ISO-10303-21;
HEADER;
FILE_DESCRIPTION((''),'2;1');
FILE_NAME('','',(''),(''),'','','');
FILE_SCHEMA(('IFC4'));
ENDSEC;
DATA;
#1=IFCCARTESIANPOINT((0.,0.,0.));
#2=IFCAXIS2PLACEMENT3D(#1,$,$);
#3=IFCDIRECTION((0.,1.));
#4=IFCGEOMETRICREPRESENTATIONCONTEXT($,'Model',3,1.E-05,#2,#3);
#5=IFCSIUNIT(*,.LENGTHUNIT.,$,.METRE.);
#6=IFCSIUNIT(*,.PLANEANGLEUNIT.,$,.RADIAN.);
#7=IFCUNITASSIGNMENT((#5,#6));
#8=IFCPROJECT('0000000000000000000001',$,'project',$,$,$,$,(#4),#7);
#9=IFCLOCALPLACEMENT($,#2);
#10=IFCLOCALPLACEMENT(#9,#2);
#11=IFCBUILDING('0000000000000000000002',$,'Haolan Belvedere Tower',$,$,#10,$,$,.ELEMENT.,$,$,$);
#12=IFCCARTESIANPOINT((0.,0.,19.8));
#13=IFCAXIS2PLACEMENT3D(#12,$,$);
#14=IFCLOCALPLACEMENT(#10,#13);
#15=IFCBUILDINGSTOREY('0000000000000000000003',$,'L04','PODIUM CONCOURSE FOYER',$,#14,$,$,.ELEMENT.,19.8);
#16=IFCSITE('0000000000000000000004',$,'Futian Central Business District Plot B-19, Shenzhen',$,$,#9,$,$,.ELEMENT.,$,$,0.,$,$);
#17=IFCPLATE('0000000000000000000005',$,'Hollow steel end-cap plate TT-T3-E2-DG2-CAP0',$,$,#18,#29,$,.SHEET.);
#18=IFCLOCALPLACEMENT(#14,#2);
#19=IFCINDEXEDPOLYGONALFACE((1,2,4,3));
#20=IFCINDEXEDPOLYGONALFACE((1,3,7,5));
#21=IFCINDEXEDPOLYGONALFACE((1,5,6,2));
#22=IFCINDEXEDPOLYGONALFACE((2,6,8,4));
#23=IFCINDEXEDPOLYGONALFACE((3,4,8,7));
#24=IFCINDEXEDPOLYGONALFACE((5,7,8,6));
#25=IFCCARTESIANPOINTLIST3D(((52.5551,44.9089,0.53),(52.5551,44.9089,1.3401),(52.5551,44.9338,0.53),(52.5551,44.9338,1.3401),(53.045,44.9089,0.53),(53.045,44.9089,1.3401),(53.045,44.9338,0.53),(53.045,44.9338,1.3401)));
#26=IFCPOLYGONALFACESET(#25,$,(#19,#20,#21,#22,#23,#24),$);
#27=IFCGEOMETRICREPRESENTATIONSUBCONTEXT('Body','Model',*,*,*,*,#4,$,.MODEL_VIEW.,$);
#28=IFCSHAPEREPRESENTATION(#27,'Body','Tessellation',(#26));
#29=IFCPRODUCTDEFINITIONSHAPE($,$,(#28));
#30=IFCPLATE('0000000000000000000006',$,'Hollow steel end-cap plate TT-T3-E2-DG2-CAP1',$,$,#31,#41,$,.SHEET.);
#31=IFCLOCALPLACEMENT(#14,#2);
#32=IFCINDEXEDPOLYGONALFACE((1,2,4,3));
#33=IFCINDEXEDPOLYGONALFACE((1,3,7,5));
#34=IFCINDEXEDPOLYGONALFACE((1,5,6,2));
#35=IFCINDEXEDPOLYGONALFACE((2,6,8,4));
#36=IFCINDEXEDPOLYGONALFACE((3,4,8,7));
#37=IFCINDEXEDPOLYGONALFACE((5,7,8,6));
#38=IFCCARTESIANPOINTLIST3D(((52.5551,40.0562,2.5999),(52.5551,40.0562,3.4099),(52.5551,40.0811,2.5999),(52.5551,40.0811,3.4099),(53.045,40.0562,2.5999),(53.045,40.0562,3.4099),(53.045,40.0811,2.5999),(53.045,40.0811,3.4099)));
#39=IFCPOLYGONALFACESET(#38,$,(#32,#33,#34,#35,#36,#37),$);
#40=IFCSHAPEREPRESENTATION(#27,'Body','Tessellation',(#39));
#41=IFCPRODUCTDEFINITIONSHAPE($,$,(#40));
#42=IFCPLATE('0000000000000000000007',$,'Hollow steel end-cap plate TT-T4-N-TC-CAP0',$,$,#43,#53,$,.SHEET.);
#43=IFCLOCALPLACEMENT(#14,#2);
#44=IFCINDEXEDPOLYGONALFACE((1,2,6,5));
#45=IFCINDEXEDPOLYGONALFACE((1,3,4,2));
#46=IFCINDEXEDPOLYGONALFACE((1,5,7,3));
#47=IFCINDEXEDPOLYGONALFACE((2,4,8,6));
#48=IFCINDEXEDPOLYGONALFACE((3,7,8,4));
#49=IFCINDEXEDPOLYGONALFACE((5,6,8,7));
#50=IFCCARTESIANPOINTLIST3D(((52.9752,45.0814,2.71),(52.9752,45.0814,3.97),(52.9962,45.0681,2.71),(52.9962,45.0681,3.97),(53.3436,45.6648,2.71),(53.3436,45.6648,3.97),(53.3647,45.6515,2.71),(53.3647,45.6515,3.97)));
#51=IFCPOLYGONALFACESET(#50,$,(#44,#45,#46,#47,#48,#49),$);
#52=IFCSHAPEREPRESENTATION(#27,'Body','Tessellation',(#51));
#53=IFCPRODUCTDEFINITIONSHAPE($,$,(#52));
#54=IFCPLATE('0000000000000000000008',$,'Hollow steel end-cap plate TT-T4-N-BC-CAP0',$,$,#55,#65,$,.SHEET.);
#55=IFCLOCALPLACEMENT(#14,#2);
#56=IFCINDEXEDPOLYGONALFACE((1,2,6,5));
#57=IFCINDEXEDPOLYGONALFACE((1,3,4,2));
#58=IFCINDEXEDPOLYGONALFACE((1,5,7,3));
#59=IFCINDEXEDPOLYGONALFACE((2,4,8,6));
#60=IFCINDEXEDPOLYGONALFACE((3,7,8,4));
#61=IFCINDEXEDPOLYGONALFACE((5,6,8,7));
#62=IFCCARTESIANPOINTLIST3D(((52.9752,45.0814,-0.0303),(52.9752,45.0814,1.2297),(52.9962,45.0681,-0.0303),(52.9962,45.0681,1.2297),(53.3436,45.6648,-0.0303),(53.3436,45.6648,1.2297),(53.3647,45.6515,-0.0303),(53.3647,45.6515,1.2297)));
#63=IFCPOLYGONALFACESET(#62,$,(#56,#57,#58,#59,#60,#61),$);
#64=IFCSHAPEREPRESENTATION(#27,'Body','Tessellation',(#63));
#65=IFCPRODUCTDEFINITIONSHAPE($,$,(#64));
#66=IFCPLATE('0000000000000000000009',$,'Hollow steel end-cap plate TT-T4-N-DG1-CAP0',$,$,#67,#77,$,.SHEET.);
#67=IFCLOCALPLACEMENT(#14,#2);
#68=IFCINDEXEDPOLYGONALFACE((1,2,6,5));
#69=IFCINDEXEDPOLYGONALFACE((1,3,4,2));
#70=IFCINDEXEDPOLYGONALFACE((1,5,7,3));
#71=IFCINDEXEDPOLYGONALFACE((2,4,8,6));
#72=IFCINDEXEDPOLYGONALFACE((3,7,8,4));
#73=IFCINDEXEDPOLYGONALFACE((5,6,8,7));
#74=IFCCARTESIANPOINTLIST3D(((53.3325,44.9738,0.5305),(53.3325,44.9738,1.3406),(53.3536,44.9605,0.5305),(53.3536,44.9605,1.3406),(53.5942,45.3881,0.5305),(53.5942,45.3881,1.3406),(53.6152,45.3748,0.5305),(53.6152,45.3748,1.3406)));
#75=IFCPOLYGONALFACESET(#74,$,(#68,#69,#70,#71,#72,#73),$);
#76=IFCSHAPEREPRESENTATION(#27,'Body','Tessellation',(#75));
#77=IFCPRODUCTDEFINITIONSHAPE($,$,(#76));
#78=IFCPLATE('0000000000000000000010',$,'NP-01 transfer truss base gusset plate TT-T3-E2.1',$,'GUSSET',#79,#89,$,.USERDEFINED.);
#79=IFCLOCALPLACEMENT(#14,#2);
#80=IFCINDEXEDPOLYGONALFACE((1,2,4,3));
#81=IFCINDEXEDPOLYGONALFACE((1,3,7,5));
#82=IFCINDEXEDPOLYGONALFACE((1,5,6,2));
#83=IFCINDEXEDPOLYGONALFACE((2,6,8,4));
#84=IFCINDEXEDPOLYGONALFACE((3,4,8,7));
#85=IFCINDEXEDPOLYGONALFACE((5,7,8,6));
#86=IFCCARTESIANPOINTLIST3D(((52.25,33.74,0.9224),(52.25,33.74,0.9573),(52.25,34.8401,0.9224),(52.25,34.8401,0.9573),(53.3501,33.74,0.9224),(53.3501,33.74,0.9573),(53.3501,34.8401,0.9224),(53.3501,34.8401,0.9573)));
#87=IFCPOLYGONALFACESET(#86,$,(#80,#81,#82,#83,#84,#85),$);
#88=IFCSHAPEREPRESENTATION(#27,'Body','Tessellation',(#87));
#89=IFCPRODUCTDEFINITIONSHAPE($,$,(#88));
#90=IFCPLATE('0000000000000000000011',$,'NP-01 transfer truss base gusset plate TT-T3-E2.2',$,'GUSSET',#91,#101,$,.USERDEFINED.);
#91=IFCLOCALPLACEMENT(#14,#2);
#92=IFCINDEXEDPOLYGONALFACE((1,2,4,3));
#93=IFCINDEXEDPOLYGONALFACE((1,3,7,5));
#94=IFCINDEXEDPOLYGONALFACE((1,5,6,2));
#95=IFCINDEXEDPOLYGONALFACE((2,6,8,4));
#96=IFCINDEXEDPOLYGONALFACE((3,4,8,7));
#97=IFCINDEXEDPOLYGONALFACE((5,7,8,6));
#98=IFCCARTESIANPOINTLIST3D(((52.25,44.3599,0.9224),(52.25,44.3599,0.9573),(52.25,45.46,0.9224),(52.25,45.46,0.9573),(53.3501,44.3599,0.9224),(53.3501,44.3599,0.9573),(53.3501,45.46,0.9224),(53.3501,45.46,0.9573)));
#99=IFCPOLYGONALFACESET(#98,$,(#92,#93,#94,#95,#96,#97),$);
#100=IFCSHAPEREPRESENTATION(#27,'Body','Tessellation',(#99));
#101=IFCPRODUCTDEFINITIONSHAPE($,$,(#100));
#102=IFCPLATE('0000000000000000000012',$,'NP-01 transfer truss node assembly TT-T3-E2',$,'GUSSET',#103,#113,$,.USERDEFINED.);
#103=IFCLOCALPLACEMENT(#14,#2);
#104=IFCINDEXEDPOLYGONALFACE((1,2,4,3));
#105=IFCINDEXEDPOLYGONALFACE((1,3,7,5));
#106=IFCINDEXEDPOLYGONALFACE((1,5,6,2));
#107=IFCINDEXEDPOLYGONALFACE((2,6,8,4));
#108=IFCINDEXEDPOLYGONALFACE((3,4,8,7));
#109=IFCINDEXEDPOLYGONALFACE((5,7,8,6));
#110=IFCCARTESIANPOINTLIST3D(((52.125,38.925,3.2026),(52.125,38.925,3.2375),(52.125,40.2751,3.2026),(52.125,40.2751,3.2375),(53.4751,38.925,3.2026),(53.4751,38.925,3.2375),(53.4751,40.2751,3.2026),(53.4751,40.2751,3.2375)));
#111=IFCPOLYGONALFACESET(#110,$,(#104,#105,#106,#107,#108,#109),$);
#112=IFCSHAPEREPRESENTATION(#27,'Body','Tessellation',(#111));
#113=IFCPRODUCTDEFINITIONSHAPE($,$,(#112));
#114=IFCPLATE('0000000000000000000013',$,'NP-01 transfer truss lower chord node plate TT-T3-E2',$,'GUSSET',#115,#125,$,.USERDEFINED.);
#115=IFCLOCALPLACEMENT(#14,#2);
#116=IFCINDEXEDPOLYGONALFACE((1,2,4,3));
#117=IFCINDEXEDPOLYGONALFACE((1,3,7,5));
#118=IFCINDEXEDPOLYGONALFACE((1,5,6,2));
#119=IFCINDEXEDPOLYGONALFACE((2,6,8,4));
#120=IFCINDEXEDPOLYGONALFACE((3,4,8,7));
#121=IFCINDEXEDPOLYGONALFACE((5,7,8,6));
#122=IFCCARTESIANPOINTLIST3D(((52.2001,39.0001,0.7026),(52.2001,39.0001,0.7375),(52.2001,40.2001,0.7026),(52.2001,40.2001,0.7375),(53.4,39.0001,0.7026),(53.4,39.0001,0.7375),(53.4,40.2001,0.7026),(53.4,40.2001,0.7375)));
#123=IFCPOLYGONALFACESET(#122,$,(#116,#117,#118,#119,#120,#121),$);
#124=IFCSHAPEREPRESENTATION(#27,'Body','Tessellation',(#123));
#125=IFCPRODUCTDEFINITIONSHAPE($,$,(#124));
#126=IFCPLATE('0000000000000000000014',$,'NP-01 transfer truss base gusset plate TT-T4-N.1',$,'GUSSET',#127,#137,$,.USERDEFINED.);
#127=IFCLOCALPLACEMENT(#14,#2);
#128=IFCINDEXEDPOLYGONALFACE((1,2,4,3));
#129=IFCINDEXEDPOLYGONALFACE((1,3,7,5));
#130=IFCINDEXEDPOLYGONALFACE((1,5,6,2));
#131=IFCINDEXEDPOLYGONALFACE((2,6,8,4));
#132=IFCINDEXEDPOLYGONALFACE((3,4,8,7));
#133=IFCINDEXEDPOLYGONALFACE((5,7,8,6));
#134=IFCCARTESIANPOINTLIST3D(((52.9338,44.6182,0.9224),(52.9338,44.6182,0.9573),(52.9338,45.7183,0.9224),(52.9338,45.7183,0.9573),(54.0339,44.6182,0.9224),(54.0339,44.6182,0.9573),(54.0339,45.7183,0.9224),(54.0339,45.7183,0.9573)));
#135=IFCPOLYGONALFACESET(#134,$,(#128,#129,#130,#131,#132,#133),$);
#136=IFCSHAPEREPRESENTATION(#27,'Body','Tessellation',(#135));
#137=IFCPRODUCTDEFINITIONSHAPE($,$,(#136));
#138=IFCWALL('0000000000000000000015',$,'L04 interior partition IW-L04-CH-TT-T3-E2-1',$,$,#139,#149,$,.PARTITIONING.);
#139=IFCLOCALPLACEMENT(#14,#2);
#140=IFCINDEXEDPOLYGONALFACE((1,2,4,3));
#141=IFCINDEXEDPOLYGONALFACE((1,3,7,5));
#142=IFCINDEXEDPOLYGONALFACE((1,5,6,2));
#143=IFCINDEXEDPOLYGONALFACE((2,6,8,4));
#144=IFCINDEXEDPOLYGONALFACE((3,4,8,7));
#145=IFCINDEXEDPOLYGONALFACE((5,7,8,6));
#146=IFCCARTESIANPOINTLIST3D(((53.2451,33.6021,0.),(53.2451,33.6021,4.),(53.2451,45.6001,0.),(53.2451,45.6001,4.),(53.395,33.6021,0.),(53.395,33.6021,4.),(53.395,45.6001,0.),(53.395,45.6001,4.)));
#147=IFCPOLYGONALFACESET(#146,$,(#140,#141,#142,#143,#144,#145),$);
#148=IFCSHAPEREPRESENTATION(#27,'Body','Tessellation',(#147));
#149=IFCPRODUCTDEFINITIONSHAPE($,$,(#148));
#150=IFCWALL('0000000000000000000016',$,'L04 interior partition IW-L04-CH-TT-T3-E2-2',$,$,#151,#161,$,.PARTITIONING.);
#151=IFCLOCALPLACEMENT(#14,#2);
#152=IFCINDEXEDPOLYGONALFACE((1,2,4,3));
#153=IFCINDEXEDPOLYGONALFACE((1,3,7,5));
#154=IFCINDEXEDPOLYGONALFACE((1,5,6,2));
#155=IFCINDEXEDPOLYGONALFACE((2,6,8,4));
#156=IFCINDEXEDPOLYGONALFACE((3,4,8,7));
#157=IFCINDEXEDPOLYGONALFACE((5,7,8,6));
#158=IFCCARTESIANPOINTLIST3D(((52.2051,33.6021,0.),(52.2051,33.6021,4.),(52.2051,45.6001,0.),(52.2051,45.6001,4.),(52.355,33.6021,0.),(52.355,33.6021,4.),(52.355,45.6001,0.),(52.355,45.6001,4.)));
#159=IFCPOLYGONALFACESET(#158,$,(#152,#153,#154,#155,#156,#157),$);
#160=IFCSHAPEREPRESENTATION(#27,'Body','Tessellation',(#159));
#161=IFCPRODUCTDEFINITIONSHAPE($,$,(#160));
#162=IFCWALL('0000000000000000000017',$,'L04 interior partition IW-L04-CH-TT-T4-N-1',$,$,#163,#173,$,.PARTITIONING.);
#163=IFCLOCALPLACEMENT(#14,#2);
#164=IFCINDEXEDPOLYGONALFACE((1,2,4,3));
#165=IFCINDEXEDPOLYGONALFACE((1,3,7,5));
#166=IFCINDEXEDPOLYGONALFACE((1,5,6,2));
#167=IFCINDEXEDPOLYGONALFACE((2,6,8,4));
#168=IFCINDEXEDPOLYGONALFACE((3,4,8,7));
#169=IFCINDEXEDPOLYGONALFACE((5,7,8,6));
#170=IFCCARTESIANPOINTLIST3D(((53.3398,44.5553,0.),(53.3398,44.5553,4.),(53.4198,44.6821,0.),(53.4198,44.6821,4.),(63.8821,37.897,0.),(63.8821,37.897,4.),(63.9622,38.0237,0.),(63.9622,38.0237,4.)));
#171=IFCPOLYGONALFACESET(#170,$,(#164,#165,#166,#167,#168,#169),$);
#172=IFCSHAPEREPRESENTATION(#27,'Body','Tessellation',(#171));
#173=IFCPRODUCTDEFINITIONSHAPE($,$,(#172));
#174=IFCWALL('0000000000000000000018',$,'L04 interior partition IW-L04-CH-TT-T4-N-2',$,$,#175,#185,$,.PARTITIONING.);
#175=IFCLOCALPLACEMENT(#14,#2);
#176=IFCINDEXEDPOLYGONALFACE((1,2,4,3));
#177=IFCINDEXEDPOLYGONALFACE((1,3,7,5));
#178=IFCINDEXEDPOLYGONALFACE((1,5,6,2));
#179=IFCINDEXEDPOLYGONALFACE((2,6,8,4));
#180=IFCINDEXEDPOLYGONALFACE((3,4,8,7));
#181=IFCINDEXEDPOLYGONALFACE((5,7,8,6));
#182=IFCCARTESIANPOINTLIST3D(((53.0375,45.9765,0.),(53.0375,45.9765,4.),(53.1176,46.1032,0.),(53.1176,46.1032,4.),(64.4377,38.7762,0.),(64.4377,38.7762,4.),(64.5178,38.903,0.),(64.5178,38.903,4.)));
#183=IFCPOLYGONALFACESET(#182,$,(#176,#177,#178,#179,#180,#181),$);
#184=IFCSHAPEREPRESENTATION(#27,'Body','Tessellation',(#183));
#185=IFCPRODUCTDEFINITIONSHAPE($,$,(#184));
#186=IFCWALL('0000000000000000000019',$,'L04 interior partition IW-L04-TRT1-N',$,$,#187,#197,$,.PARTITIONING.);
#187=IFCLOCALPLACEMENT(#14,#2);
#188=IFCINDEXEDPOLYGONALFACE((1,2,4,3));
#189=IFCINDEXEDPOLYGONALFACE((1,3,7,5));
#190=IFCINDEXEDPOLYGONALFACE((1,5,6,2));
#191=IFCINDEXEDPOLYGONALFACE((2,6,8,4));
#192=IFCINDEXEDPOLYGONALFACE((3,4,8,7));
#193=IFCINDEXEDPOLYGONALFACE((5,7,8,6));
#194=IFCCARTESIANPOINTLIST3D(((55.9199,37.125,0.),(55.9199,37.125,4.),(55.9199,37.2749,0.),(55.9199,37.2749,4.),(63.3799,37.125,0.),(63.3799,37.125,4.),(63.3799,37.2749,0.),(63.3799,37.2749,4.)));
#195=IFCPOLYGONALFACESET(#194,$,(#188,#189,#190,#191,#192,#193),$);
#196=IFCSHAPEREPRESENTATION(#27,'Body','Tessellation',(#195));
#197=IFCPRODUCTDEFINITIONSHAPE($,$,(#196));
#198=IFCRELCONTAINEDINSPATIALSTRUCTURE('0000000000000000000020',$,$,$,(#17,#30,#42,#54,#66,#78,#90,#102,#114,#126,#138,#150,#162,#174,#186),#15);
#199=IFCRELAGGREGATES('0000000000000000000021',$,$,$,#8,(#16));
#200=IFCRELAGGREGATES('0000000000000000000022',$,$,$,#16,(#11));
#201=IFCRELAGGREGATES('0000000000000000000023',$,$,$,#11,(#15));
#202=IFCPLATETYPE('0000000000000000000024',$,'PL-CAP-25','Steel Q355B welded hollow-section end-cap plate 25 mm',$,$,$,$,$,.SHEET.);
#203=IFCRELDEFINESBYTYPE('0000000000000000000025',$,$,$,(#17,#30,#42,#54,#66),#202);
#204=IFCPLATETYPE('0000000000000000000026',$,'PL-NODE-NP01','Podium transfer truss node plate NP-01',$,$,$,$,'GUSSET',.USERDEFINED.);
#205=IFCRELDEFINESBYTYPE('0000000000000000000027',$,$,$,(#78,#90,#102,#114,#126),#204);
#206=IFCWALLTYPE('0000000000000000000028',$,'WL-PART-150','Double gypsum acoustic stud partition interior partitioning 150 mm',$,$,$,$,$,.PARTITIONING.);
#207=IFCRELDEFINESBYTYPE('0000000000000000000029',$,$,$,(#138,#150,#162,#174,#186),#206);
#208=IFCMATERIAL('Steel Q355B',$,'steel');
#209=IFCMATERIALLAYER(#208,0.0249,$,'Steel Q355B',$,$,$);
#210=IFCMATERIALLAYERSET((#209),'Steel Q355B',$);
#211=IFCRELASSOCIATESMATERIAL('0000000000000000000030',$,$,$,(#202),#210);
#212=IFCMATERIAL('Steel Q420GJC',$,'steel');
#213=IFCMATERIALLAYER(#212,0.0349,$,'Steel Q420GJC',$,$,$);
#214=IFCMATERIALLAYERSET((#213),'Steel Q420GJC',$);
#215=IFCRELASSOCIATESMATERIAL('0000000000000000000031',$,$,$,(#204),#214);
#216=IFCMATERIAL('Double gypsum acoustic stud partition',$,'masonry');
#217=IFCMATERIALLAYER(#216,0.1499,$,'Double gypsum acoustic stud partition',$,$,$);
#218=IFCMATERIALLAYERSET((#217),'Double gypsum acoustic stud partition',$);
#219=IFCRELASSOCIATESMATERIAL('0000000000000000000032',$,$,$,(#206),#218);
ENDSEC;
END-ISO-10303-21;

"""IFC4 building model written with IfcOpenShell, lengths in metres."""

from ifc_helpers import new_model, si_unit, direction, frame, frame_2d, origin, origin_2d, place, context, subcontext, project, spatial, rectangle, extrude, material, layer, layer_set, type_object, element, save


model = new_model("IFC4")

# Units and contexts
model_context = context("Model", 3, precision=1e-05, world=origin(), true_north=direction((0.0, 1.0)))
body_context = subcontext(model_context, "Body", "Model", "MODEL_VIEW")
ifc_project = project(units=[si_unit("LENGTHUNIT", "METRE"), si_unit("PLANEANGLEUNIT", "RADIAN")], contexts=[model_context])

# Site, building, storey
site_placement = place(None, origin())
site = spatial("IfcSite", under=ifc_project, at=site_placement, Name="Futian Central Business District Plot B-19, Shenzhen", CompositionType="ELEMENT", RefElevation=0.0)
building_placement = place(site_placement, origin())
building = spatial("IfcBuilding", under=site, at=building_placement, Name="Haolan Belvedere Tower", CompositionType="ELEMENT")
storey_placement = place(building_placement, frame((0.0, 0.0, 19.8)))
storey = spatial("IfcBuildingStorey", under=building, at=storey_placement, Name="L04", Description="PODIUM CONCOURSE FOYER", CompositionType="ELEMENT", Elevation=19.8)

# Shared definitions
ifc_material_1 = material(Name="Steel Q355B", Category="steel")

# Shared definitions
ifc_material_2 = material(Name="Steel Q420GJC", Category="steel")

# Plates
ifc_layer_1 = layer(ifc_material_1, 0.0249, Name="Steel Q355B")
ifc_layer_set_1 = layer_set([ifc_layer_1], Name="Steel Q355B")
plate_type_1 = type_object("IfcPlateType", Name="PL-CAP-25", Description="Steel Q355B welded hollow-section end-cap plate 25 mm", PredefinedType="SHEET", material=ifc_layer_set_1)
for number, where, z_axis, x_axis, name in (
    (1, (52.8, 44.9214, 0.53), (0.0, 0.0, 1.0), (-1.0, 0.0, 0.0), "Hollow steel end-cap plate TT-T3-E2-DG2-CAP0"),
    (2, (52.8, 40.0686, 2.5999), (0.0, 0.0, 1.0), (1.0, 0.0, 0.0), "Hollow steel end-cap plate TT-T3-E2-DG2-CAP1"),
):
    element("IfcPlate", number, at=place(storey_placement, frame(where, z_axis=z_axis, x_axis=x_axis)), inside=storey, type_object=plate_type_1, Name=name, PredefinedType="SHEET", context=body_context, shape_type="SweptSolid", body=[
        extrude(rectangle(XDim=0.49, YDim=0.0249, at=origin_2d()), origin(), (0.0, 0.0, 1.0), 0.8101),
    ])
for number, where, z_axis, x_axis, name in (
    (3, (53.1699, 45.3665, 2.71), (0.0, 0.0, 1.0), (-0.533998, -0.845486, 0.0), "Hollow steel end-cap plate TT-T4-N-TC-CAP0"),
    (4, (53.1699, 45.3665, -0.0303), (0.0, 0.0, 1.0), (-0.533998, -0.845486, 0.0), "Hollow steel end-cap plate TT-T4-N-BC-CAP0"),
):
    element("IfcPlate", number, at=place(storey_placement, frame(where, z_axis=z_axis, x_axis=x_axis)), inside=storey, type_object=plate_type_1, Name=name, PredefinedType="SHEET", context=body_context, shape_type="SweptSolid", body=[
        extrude(rectangle(XDim=0.6899, YDim=0.0249, at=origin_2d()), origin(), (0.0, 0.0, 1.0), 1.26),
    ])
plate_1_placement = place(storey_placement, frame((53.4739, 45.1743, 0.5305), z_axis=(0.0, 0.0, 1.0), x_axis=(-0.533983, -0.845495, 0.0)))
element("IfcPlate", 5, at=plate_1_placement, inside=storey, type_object=plate_type_1, Name="Hollow steel end-cap plate TT-T4-N-DG1-CAP0", PredefinedType="SHEET", context=body_context, shape_type="SweptSolid", body=[
    extrude(rectangle(XDim=0.49, YDim=0.0249, at=origin_2d()), origin(), (0.0, 0.0, 1.0), 0.8101),
])
ifc_layer_2 = layer(ifc_material_2, 0.0349, Name="Steel Q420GJC")
ifc_layer_set_2 = layer_set([ifc_layer_2], Name="Steel Q420GJC")
plate_type_2 = type_object("IfcPlateType", Name="PL-NODE-NP01", Description="Podium transfer truss node plate NP-01", ElementType="GUSSET", PredefinedType="USERDEFINED", material=ifc_layer_set_2)
for number, where, z_axis, x_axis, name in (
    (6, (52.8, 34.29, 0.9224), (0.0, 0.0, 1.0), (1.0, 0.0, 0.0), "NP-01 transfer truss base gusset plate TT-T3-E2.1"),
    (7, (52.8, 44.9099, 0.9224), (0.0, 0.0, 1.0), (1.0, 0.0, 0.0), "NP-01 transfer truss base gusset plate TT-T3-E2.2"),
):
    element("IfcPlate", number, at=place(storey_placement, frame(where, z_axis=z_axis, x_axis=x_axis)), inside=storey, type_object=plate_type_2, Name=name, ObjectType="GUSSET", PredefinedType="USERDEFINED", context=body_context, shape_type="SweptSolid", body=[
        extrude(rectangle(XDim=1.1001, YDim=1.1001, at=origin_2d()), origin(), (0.0, 0.0, 1.0), 0.0349),
    ])
plate_2_placement = place(storey_placement, frame((52.8, 39.6001, 3.2026), z_axis=(0.0, 0.0, 1.0), x_axis=(1.0, 0.0, 0.0)))
element("IfcPlate", 8, at=plate_2_placement, inside=storey, type_object=plate_type_2, Name="NP-01 transfer truss node assembly TT-T3-E2", ObjectType="GUSSET", PredefinedType="USERDEFINED", context=body_context, shape_type="SweptSolid", body=[
    extrude(rectangle(XDim=1.3501, YDim=1.3501, at=origin_2d()), origin(), (0.0, 0.0, 1.0), 0.0349),
])
plate_3_placement = place(storey_placement, frame((52.8, 39.6001, 0.7026), z_axis=(0.0, 0.0, 1.0), x_axis=(1.0, 0.0, 0.0)))
element("IfcPlate", 9, at=plate_3_placement, inside=storey, type_object=plate_type_2, Name="NP-01 transfer truss lower chord node plate TT-T3-E2", ObjectType="GUSSET", PredefinedType="USERDEFINED", context=body_context, shape_type="SweptSolid", body=[
    extrude(rectangle(XDim=1.2, YDim=1.2, at=origin_2d()), origin(), (0.0, 0.0, 1.0), 0.0349),
])
plate_4_placement = place(storey_placement, frame((53.4839, 45.1682, 0.9224), z_axis=(0.0, 0.0, 1.0), x_axis=(1.0, 0.0, 0.0)))
element("IfcPlate", 10, at=plate_4_placement, inside=storey, type_object=plate_type_2, Name="NP-01 transfer truss base gusset plate TT-T4-N.1", ObjectType="GUSSET", PredefinedType="USERDEFINED", context=body_context, shape_type="SweptSolid", body=[
    extrude(rectangle(XDim=1.1001, YDim=1.1001, at=origin_2d()), origin(), (0.0, 0.0, 1.0), 0.0349),
])

# Walls
ifc_material_3 = material(Name="Double gypsum acoustic stud partition", Category="masonry")
ifc_layer_3 = layer(ifc_material_3, 0.1499, Name="Double gypsum acoustic stud partition")
ifc_layer_set_3 = layer_set([ifc_layer_3], Name="Double gypsum acoustic stud partition")
wall_type = type_object("IfcWallType", Name="WL-PART-150", Description="Double gypsum acoustic stud partition interior partitioning 150 mm", PredefinedType="PARTITIONING", material=ifc_layer_set_3)
for number, where, z_axis, x_axis, name in (
    (11, (53.3201, 33.6021, 0.0), (0.0, 0.0, 1.0), (0.0, 1.0, 0.0), "L04 interior partition IW-L04-CH-TT-T3-E2-1"),
    (12, (52.28, 33.6021, 0.0), (0.0, 0.0, 1.0), (0.0, 1.0, 0.0), "L04 interior partition IW-L04-CH-TT-T3-E2-2"),
):
    element("IfcWall", number, at=place(storey_placement, frame(where, z_axis=z_axis, x_axis=x_axis)), inside=storey, type_object=wall_type, Name=name, PredefinedType="PARTITIONING", context=body_context, shape_type="SweptSolid", body=[
        extrude(rectangle(XDim=11.998, YDim=0.1499, at=frame_2d((5.999, 0.0))), origin(), (0.0, 0.0, 1.0), 4.0),
    ])
wall_1_placement = place(storey_placement, frame((53.3799, 44.6187, 0.0), z_axis=(0.0, 0.0, 1.0), x_axis=(0.845488, -0.533995, 0.0)))
element("IfcWall", 13, at=wall_1_placement, inside=storey, type_object=wall_type, Name="L04 interior partition IW-L04-CH-TT-T4-N-1", PredefinedType="PARTITIONING", context=body_context, shape_type="SweptSolid", body=[
    extrude(rectangle(XDim=12.469, YDim=0.1499, at=frame_2d((6.2344, 0.0))), origin(), (0.0, 0.0, 1.0), 4.0),
])
wall_2_placement = place(storey_placement, frame((53.0776, 46.0398, 0.0), z_axis=(0.0, 0.0, 1.0), x_axis=(0.845485, -0.533998, 0.0)))
element("IfcWall", 14, at=wall_2_placement, inside=storey, type_object=wall_type, Name="L04 interior partition IW-L04-CH-TT-T4-N-2", PredefinedType="PARTITIONING", context=body_context, shape_type="SweptSolid", body=[
    extrude(rectangle(XDim=13.4836, YDim=0.1499, at=frame_2d((6.7417, 0.0))), origin(), (0.0, 0.0, 1.0), 4.0),
])
wall_3_placement = place(storey_placement, frame((55.9199, 37.2, 0.0), z_axis=(0.0, 0.0, 1.0), x_axis=(1.0, 0.0, 0.0)))
element("IfcWall", 15, at=wall_3_placement, inside=storey, type_object=wall_type, Name="L04 interior partition IW-L04-TRT1-N", PredefinedType="PARTITIONING", context=body_context, shape_type="SweptSolid", body=[
    extrude(rectangle(XDim=7.46, YDim=0.1499, at=frame_2d((3.73, 0.0))), origin(), (0.0, 0.0, 1.0), 4.0),
])

save(model, "model.ifc")
